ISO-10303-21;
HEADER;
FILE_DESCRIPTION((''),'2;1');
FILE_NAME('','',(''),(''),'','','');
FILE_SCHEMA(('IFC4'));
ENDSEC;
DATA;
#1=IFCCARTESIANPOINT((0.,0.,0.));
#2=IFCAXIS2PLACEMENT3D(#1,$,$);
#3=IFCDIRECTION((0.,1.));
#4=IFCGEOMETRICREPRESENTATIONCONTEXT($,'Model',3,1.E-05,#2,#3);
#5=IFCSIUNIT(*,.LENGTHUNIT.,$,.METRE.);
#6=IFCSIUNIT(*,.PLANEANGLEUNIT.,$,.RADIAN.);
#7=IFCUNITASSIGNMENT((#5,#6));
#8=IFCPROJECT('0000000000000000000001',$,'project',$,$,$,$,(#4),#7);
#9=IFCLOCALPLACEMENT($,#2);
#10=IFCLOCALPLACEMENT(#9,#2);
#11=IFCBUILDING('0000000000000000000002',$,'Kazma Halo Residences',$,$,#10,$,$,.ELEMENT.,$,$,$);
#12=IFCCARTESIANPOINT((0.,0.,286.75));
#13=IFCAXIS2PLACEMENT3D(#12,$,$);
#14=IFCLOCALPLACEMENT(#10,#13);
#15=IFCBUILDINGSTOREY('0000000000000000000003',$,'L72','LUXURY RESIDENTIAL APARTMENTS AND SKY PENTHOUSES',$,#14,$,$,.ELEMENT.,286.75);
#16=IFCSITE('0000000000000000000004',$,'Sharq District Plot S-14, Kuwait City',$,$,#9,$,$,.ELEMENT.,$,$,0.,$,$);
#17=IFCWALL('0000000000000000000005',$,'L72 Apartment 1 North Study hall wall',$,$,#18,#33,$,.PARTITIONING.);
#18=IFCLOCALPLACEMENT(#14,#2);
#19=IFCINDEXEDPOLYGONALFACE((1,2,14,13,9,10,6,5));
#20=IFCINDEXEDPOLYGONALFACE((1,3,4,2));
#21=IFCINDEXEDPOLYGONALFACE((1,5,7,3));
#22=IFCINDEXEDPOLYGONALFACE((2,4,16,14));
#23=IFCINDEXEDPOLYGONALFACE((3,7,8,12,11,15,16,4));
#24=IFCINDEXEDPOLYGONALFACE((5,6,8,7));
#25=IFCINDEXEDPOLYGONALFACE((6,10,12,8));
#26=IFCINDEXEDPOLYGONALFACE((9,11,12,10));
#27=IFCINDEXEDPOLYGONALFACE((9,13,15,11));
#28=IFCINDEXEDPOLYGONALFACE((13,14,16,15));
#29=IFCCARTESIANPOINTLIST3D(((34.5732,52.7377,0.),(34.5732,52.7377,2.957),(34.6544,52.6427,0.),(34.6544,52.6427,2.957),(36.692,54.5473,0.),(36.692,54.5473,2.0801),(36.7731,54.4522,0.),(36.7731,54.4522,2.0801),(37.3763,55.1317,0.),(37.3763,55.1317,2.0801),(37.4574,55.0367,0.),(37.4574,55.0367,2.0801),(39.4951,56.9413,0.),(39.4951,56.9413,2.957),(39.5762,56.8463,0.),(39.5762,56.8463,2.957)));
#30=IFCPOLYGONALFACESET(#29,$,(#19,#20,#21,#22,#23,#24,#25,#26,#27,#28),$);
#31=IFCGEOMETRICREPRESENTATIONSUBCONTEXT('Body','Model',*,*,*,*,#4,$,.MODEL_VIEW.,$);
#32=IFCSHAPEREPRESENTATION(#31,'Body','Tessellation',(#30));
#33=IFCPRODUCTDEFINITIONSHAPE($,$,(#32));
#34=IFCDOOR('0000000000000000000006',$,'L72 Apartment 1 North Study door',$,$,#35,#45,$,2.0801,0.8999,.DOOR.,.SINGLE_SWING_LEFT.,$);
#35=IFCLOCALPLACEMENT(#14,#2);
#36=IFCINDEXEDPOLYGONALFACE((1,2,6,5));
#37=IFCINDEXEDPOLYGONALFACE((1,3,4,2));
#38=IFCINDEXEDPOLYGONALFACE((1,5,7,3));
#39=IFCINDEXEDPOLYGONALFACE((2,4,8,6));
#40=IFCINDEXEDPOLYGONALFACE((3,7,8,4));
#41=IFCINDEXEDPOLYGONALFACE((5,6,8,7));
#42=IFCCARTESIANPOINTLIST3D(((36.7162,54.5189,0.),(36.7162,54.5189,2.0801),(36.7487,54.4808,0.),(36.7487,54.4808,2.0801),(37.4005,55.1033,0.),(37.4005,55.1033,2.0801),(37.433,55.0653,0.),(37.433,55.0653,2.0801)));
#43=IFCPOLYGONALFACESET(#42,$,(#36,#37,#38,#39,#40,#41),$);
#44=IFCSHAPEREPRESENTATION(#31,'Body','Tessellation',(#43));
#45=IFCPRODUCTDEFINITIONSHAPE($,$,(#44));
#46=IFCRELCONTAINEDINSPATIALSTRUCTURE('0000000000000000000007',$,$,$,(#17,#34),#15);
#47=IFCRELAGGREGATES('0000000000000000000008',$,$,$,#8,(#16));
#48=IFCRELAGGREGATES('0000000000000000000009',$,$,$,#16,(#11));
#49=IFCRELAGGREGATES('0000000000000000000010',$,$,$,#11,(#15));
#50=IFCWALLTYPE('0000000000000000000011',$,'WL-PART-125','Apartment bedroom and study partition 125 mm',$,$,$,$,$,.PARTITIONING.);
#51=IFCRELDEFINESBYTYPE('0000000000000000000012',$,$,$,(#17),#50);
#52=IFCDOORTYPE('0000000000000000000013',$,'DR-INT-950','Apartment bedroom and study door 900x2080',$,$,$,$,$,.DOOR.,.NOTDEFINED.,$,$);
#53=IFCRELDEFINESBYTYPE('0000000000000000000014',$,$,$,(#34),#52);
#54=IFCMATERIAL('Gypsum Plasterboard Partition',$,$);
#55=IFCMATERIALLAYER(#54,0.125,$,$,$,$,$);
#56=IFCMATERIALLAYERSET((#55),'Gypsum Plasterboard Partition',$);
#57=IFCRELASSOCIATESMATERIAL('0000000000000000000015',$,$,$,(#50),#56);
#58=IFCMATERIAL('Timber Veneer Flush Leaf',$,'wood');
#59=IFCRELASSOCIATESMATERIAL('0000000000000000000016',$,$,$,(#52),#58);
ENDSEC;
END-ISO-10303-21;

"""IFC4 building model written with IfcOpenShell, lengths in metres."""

from ifc_helpers import new_model, si_unit, direction, frame, frame_2d, origin, place, context, subcontext, project, spatial, rectangle, extrude, material, layer, layer_set, type_object, element, fill, save


model = new_model("IFC4")

# Units and contexts
model_context = context("Model", 3, precision=1e-05, world=origin(), true_north=direction((0.0, 1.0)))
body_context = subcontext(model_context, "Body", "Model", "MODEL_VIEW")
ifc_project = project(units=[si_unit("LENGTHUNIT", "METRE"), si_unit("PLANEANGLEUNIT", "RADIAN")], contexts=[model_context])

# Site, building, storey
site_placement = place(None, origin())
site = spatial("IfcSite", under=ifc_project, at=site_placement, Name="Sharq District Plot S-14, Kuwait City", CompositionType="ELEMENT", RefElevation=0.0)
building_placement = place(site_placement, origin())
building = spatial("IfcBuilding", under=site, at=building_placement, Name="Kazma Halo Residences", CompositionType="ELEMENT")
storey_placement = place(building_placement, frame((0.0, 0.0, 286.75)))
storey = spatial("IfcBuildingStorey", under=building, at=storey_placement, Name="L72", Description="LUXURY RESIDENTIAL APARTMENTS AND SKY PENTHOUSES", CompositionType="ELEMENT", Elevation=286.75)

# Shared definitions
ifc_material_1 = material(Name="Gypsum Plasterboard Partition")
ifc_layer_1 = layer(ifc_material_1, 0.125)
ifc_layer_set_1 = layer_set([ifc_layer_1], Name="Gypsum Plasterboard Partition")
wall_type_1 = type_object("IfcWallType", Name="WL-PART-125", Description="Apartment bedroom and study partition 125 mm", PredefinedType="PARTITIONING", material=ifc_layer_set_1)

# Wall, opening, door
wall_1_placement = place(storey_placement, frame((39.5356, 56.8938, 0.0), z_axis=(0.0, 0.0, 1.0), x_axis=(-0.760411, -0.649442, 0.0)))
wall_1 = element("IfcWall", 1, at=wall_1_placement, inside=storey, type_object=wall_type_1, Name="L72 Apartment 1 North Study hall wall", PredefinedType="PARTITIONING", context=body_context, shape_type="SweptSolid", body=[
    extrude(rectangle(XDim=6.4727, YDim=0.125, at=frame_2d((3.2363, 0.0))), origin(), (0.0, 0.0, 1.0), 2.957),
])
opening_1_placement = place(wall_1_placement, frame((2.7864, 0.0, 0.0)))
opening_1 = element("IfcOpeningElement", 2, at=opening_1_placement, cuts=wall_1, PredefinedType="OPENING", context=body_context, shape_type="SweptSolid", body=[
    extrude(rectangle(XDim=0.8999, YDim=2.0801, at=frame_2d((0.45, 1.04))), frame((0.0, 0.0725, 0.0), z_axis=(0.0, -1.0, 0.0), x_axis=(1.0, 0.0, 0.0)), (0.0, 0.0, 1.0), 0.145),
])
ifc_material_2 = material(Name="Timber Veneer Flush Leaf", Category="wood")
door_type_1 = type_object("IfcDoorType", Name="DR-INT-950", Description="Apartment bedroom and study door 900x2080", OperationType="NOTDEFINED", PredefinedType="DOOR", material=ifc_material_2)
door_1_placement = place(opening_1_placement, origin())
door_1 = element("IfcDoor", 3, at=door_1_placement, inside=storey, type_object=door_type_1, Name="L72 Apartment 1 North Study door", OperationType="SINGLE_SWING_LEFT", OverallHeight=2.0801, OverallWidth=0.8999, PredefinedType="DOOR", context=body_context, shape_type="SweptSolid", body=[
    extrude(rectangle(XDim=0.8999, YDim=2.0801, at=frame_2d((0.45, 1.04))), frame((0.0, 0.0249, 0.0), z_axis=(0.0, -1.0, 0.0), x_axis=(1.0, 0.0, 0.0)), (0.0, 0.0, 1.0), 0.05),
])
fill(opening_1, door_1)

save(model, "model.ifc")
